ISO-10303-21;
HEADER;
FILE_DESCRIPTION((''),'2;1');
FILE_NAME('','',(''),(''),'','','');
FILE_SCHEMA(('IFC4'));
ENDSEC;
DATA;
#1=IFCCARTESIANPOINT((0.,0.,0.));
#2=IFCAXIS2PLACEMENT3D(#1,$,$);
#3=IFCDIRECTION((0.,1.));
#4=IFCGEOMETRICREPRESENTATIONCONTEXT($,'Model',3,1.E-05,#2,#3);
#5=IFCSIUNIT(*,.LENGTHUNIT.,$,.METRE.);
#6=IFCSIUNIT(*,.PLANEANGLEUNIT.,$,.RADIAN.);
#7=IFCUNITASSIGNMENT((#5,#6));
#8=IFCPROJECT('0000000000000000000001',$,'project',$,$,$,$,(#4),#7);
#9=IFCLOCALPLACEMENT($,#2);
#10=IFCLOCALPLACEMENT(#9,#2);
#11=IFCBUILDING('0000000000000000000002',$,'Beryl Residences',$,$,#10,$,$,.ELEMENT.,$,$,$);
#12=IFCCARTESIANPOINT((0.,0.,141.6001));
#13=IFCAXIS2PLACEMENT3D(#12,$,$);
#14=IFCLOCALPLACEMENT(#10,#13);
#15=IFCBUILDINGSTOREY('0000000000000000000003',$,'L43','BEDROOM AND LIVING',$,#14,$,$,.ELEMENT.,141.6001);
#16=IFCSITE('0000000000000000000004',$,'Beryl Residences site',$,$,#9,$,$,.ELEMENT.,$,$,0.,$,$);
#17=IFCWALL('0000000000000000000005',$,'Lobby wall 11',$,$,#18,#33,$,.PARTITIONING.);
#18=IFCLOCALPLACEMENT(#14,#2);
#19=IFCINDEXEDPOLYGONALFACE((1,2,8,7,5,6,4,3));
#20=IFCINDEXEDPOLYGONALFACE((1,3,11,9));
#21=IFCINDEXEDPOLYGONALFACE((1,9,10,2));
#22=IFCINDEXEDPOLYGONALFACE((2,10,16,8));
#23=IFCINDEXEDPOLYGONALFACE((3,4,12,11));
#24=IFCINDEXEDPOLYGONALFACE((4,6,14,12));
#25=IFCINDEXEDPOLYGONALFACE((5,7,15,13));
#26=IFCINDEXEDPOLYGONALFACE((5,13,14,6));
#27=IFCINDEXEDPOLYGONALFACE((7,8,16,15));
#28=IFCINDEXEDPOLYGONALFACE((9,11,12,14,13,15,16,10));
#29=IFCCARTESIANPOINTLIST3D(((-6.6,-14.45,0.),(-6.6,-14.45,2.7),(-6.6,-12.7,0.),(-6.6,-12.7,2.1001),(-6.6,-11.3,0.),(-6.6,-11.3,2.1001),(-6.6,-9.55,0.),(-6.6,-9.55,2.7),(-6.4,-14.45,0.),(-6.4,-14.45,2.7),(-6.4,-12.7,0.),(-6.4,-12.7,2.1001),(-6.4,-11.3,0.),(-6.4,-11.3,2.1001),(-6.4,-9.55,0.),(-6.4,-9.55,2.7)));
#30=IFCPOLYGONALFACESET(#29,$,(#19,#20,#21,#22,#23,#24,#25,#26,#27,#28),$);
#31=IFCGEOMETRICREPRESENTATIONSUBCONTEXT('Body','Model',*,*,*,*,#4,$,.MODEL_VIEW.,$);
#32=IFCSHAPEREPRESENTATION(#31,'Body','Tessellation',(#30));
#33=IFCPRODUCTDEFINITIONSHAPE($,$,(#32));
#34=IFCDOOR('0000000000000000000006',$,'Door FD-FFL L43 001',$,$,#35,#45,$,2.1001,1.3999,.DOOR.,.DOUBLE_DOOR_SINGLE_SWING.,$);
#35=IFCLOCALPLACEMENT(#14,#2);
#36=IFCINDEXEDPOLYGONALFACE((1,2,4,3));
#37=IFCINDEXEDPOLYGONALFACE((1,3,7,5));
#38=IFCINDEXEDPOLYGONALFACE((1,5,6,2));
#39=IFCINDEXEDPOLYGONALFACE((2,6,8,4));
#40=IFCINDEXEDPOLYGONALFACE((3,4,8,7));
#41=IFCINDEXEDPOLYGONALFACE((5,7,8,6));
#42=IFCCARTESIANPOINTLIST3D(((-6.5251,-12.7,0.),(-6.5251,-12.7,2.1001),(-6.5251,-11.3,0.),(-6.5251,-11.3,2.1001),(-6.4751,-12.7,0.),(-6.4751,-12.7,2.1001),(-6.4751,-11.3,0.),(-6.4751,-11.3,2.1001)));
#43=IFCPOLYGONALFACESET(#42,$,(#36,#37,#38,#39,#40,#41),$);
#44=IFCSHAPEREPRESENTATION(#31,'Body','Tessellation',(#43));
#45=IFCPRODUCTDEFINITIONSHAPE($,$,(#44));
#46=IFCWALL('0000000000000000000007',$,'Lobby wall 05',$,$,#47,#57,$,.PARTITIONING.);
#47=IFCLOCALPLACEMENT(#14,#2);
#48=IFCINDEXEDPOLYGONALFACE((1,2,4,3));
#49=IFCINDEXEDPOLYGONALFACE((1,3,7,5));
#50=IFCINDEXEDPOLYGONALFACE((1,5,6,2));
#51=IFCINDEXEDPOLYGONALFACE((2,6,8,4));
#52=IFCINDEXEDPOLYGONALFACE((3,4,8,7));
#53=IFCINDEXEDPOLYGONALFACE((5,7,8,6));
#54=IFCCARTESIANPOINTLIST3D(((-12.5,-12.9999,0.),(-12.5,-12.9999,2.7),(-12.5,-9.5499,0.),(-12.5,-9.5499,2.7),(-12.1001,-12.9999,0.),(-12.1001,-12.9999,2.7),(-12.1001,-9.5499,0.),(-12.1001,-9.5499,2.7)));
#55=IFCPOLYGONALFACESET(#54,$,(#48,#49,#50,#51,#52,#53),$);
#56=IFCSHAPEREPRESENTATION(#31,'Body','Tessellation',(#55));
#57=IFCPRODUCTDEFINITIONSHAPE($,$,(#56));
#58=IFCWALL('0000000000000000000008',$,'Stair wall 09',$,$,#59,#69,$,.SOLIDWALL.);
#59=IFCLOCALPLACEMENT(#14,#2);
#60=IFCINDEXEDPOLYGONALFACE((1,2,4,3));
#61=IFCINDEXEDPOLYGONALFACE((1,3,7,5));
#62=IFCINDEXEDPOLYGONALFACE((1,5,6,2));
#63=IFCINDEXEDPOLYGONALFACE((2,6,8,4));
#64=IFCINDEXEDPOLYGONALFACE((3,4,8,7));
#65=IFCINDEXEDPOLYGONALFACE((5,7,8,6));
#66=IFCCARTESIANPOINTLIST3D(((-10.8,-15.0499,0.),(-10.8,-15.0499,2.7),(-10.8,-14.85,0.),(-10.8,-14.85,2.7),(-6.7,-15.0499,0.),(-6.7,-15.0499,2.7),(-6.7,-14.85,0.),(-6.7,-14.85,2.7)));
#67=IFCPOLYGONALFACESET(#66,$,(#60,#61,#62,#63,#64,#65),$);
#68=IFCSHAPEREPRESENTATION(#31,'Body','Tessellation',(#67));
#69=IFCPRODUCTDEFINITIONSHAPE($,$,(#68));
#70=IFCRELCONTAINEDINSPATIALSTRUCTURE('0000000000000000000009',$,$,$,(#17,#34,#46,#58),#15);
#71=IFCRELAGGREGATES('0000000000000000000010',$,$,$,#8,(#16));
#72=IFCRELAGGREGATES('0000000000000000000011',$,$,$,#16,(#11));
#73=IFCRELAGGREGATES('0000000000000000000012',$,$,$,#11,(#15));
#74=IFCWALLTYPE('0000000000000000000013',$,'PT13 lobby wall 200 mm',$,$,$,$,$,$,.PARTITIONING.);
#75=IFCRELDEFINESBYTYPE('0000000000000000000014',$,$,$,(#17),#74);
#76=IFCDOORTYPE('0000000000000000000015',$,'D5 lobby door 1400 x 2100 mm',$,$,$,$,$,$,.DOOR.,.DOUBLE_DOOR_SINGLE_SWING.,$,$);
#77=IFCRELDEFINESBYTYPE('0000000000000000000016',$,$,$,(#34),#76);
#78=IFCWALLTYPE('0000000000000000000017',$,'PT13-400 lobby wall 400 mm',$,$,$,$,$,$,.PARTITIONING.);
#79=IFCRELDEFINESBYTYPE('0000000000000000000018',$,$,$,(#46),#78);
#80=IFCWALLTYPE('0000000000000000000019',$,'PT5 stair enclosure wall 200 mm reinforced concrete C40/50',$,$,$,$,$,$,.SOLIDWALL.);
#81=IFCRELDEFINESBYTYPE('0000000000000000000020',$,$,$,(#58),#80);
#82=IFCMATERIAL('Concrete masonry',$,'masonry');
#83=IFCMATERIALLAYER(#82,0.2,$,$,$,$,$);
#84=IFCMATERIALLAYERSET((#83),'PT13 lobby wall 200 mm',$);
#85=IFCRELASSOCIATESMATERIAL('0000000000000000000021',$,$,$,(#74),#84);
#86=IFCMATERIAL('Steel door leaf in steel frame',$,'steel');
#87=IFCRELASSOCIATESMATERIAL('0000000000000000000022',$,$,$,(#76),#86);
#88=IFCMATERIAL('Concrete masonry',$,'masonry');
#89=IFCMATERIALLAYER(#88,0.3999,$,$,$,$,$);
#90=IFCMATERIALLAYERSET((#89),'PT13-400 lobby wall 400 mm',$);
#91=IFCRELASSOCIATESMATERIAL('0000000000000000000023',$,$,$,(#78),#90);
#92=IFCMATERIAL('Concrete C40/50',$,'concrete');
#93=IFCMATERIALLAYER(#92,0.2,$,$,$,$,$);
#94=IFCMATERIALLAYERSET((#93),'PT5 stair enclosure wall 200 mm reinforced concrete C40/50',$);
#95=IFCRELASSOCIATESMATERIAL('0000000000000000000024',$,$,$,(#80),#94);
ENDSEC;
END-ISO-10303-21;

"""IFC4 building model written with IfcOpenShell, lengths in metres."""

from ifc_helpers import new_model, si_unit, direction, frame, frame_2d, origin, place, context, subcontext, project, spatial, rectangle, extrude, material, layer, layer_set, type_object, element, fill, save


model = new_model("IFC4")

# Units and contexts
model_context = context("Model", 3, precision=1e-05, world=origin(), true_north=direction((0.0, 1.0)))
body_context = subcontext(model_context, "Body", "Model", "MODEL_VIEW")
ifc_project = project(units=[si_unit("LENGTHUNIT", "METRE"), si_unit("PLANEANGLEUNIT", "RADIAN")], contexts=[model_context])

# Site, building, storey
site_placement = place(None, origin())
site = spatial("IfcSite", under=ifc_project, at=site_placement, Name="Beryl Residences site", CompositionType="ELEMENT", RefElevation=0.0)
building_placement = place(site_placement, origin())
building = spatial("IfcBuilding", under=site, at=building_placement, Name="Beryl Residences", CompositionType="ELEMENT")
storey_placement = place(building_placement, frame((0.0, 0.0, 141.6001)))
storey = spatial("IfcBuildingStorey", under=building, at=storey_placement, Name="L43", Description="BEDROOM AND LIVING", CompositionType="ELEMENT", Elevation=141.6001)

# Wall, opening, door
ifc_material_1 = material(Name="Concrete masonry", Category="masonry")
ifc_layer_1 = layer(ifc_material_1, 0.2)
ifc_layer_set_1 = layer_set([ifc_layer_1], Name="PT13 lobby wall 200 mm")
wall_type_1 = type_object("IfcWallType", Name="PT13 lobby wall 200 mm", PredefinedType="PARTITIONING", material=ifc_layer_set_1)
wall_1_placement = place(storey_placement, frame((-6.5, -14.45, 0.0), z_axis=(0.0, 0.0, 1.0), x_axis=(0.0, 1.0, 0.0)))
wall_1 = element("IfcWall", 1, at=wall_1_placement, inside=storey, type_object=wall_type_1, Name="Lobby wall 11", PredefinedType="PARTITIONING", context=body_context, shape_type="SweptSolid", body=[
    extrude(rectangle(XDim=4.8999, YDim=0.2, at=frame_2d((2.45, 0.0))), origin(), (0.0, 0.0, 1.0), 2.7),
])
opening_placement = place(wall_1_placement, frame((3.1499, 0.0, 0.0), z_axis=(0.0, 0.0, 1.0), x_axis=(-1.0, 0.0, 0.0)))
opening = element("IfcOpeningElement", 2, at=opening_placement, cuts=wall_1, PredefinedType="OPENING", context=body_context, shape_type="SweptSolid", body=[
    extrude(rectangle(XDim=1.3999, YDim=2.1001, at=frame_2d((0.7, 1.05))), frame((0.0, 0.1099, 0.0), z_axis=(0.0, -1.0, 0.0), x_axis=(1.0, 0.0, 0.0)), (0.0, 0.0, 1.0), 0.22),
])
ifc_material_2 = material(Name="Steel door leaf in steel frame", Category="steel")
door_type = type_object("IfcDoorType", Name="D5 lobby door 1400 x 2100 mm", OperationType="DOUBLE_DOOR_SINGLE_SWING", PredefinedType="DOOR", material=ifc_material_2)
door_placement = place(opening_placement, origin())
door = element("IfcDoor", 3, at=door_placement, inside=storey, type_object=door_type, Name="Door FD-FFL L43 001", OperationType="DOUBLE_DOOR_SINGLE_SWING", OverallHeight=2.1001, OverallWidth=1.3999, PredefinedType="DOOR", context=body_context, shape_type="SweptSolid", body=[
    extrude(rectangle(XDim=1.3999, YDim=2.1001, at=frame_2d((0.7, 1.05))), frame((0.0, 0.0249, 0.0), z_axis=(0.0, -1.0, 0.0), x_axis=(1.0, 0.0, 0.0)), (0.0, 0.0, 1.0), 0.05),
])
fill(opening, door)

# Walls
ifc_material_3 = material(Name="Concrete masonry", Category="masonry")
ifc_layer_2 = layer(ifc_material_3, 0.3999)
ifc_layer_set_2 = layer_set([ifc_layer_2], Name="PT13-400 lobby wall 400 mm")
wall_type_2 = type_object("IfcWallType", Name="PT13-400 lobby wall 400 mm", PredefinedType="PARTITIONING", material=ifc_layer_set_2)
wall_2_placement = place(storey_placement, frame((-12.3, -13.0, 0.0), z_axis=(0.0, 0.0, 1.0), x_axis=(0.0, 1.0, 0.0)))
element("IfcWall", 4, at=wall_2_placement, inside=storey, type_object=wall_type_2, Name="Lobby wall 05", PredefinedType="PARTITIONING", context=body_context, shape_type="SweptSolid", body=[
    extrude(rectangle(XDim=3.45, YDim=0.3999, at=frame_2d((1.7251, 0.0))), origin(), (0.0, 0.0, 1.0), 2.7),
])
ifc_material_4 = material(Name="Concrete C40/50", Category="concrete")
ifc_layer_3 = layer(ifc_material_4, 0.2)
ifc_layer_set_3 = layer_set([ifc_layer_3], Name="PT5 stair enclosure wall 200 mm reinforced concrete C40/50")
wall_type_3 = type_object("IfcWallType", Name="PT5 stair enclosure wall 200 mm reinforced concrete C40/50", PredefinedType="SOLIDWALL", material=ifc_layer_set_3)
wall_3_placement = place(storey_placement, frame((-10.8, -14.95, 0.0), z_axis=(0.0, 0.0, 1.0), x_axis=(1.0, 0.0, 0.0)))
element("IfcWall", 5, at=wall_3_placement, inside=storey, type_object=wall_type_3, Name="Stair wall 09", PredefinedType="SOLIDWALL", context=body_context, shape_type="SweptSolid", body=[
    extrude(rectangle(XDim=4.1001, YDim=0.2, at=frame_2d((2.05, 0.0))), origin(), (0.0, 0.0, 1.0), 2.7),
])

save(model, "model.ifc")
